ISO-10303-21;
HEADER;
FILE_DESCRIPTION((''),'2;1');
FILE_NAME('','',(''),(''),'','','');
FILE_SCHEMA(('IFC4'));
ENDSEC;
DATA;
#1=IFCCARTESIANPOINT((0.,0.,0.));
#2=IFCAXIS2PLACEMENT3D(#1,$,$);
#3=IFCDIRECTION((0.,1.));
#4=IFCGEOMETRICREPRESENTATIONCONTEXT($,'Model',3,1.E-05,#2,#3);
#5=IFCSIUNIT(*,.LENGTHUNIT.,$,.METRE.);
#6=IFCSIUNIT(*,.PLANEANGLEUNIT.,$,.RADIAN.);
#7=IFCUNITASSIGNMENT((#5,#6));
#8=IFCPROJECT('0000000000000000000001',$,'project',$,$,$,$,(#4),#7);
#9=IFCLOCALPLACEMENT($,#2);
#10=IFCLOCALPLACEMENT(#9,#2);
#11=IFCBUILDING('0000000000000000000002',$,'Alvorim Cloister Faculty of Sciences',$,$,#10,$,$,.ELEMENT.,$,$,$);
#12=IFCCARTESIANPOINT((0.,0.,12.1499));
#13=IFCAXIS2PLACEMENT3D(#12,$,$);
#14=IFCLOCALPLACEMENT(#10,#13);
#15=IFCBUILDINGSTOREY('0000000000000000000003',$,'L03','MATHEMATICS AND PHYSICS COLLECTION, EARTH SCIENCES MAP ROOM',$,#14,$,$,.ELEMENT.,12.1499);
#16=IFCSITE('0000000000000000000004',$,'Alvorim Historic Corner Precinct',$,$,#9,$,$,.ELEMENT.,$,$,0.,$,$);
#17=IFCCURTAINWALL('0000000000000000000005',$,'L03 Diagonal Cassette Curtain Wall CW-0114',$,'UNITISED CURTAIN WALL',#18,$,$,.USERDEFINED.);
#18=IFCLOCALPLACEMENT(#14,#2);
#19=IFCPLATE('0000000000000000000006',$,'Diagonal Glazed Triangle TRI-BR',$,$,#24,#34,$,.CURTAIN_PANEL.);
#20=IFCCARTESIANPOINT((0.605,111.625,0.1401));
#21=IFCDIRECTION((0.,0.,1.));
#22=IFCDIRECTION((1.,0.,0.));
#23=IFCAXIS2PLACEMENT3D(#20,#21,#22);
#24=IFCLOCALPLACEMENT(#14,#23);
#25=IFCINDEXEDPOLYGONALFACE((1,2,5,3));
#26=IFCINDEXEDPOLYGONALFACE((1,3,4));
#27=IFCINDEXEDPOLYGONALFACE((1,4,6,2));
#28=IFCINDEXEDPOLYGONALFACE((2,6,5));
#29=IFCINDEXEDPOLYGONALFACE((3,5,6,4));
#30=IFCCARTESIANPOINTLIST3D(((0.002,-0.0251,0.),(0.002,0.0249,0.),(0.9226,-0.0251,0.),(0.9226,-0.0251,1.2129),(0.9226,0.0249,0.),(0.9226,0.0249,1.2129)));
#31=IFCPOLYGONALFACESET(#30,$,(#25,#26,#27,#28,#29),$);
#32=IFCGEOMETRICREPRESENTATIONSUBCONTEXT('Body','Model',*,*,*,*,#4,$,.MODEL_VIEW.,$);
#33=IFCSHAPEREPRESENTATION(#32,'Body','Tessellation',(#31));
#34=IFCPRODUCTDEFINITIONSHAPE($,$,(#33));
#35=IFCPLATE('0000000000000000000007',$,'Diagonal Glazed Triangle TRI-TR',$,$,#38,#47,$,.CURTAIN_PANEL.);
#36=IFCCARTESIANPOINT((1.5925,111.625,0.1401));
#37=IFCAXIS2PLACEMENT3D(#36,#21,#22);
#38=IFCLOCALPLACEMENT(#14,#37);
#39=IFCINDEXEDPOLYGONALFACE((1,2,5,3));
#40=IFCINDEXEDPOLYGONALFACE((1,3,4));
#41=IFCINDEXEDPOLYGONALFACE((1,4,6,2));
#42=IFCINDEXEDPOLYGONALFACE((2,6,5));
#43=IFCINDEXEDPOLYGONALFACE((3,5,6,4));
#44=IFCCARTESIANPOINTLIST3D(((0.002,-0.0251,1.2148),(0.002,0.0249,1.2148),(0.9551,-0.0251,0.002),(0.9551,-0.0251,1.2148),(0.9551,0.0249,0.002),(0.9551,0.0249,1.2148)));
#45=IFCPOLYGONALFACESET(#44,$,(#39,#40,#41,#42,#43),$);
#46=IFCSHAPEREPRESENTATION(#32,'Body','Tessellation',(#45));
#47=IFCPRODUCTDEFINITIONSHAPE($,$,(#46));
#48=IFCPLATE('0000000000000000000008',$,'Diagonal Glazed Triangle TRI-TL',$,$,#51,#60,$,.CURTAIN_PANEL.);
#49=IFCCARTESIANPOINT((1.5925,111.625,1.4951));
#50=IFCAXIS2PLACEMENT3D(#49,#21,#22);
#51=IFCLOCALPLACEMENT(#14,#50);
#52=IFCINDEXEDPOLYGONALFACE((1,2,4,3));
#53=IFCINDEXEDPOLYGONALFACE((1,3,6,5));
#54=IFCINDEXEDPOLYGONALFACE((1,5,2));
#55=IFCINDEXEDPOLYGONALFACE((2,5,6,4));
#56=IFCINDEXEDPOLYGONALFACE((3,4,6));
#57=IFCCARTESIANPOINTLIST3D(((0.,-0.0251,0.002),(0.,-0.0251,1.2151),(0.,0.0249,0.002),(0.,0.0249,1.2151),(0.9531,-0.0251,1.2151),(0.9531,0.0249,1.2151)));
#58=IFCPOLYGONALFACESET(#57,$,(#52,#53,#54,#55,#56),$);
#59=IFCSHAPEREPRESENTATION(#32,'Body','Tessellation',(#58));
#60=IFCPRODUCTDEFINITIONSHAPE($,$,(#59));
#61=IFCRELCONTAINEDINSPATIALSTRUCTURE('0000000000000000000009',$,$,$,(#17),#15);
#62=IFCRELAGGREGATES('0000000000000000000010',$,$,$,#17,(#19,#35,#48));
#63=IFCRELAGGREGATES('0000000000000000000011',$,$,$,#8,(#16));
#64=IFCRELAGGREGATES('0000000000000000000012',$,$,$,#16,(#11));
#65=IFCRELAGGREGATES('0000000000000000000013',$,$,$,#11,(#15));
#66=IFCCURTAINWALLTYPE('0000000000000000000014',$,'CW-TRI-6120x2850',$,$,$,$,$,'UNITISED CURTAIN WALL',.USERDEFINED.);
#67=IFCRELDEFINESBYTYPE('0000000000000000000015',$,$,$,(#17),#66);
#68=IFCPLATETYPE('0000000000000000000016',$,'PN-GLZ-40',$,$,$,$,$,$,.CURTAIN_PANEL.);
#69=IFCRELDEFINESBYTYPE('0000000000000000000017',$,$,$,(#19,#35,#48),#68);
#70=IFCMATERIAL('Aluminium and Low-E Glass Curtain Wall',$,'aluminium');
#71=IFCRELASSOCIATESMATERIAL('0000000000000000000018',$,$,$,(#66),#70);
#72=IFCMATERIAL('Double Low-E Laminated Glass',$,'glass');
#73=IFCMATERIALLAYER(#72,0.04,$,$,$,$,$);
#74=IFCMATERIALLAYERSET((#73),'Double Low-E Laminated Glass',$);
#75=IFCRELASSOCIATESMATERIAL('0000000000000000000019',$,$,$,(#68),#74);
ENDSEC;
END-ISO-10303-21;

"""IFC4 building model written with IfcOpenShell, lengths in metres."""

from ifc_helpers import new_model, si_unit, direction, frame, origin, place, context, subcontext, project, spatial, polyline, outline, extrude, material, layer, layer_set, type_object, element, aggregate, save


model = new_model("IFC4")

# Units and contexts
model_context = context("Model", 3, precision=1e-05, world=origin(), true_north=direction((0.0, 1.0)))
body_context = subcontext(model_context, "Body", "Model", "MODEL_VIEW")
ifc_project = project(units=[si_unit("LENGTHUNIT", "METRE"), si_unit("PLANEANGLEUNIT", "RADIAN")], contexts=[model_context])

# Site, building, storey
site_placement = place(None, origin())
site = spatial("IfcSite", under=ifc_project, at=site_placement, Name="Alvorim Historic Corner Precinct", CompositionType="ELEMENT", RefElevation=0.0)
building_placement = place(site_placement, origin())
building = spatial("IfcBuilding", under=site, at=building_placement, Name="Alvorim Cloister Faculty of Sciences", CompositionType="ELEMENT")
storey_placement = place(building_placement, frame((0.0, 0.0, 12.1499)))
storey = spatial("IfcBuildingStorey", under=building, at=storey_placement, Name="L03", Description="MATHEMATICS AND PHYSICS COLLECTION, EARTH SCIENCES MAP ROOM", CompositionType="ELEMENT", Elevation=12.1499)

# Shared definitions
ifc_material_1 = material(Name="Aluminium and Low-E Glass Curtain Wall", Category="aluminium")

# Curtain wall
curtain_wall_type_1 = type_object("IfcCurtainWallType", Name="CW-TRI-6120x2850", ElementType="UNITISED CURTAIN WALL", PredefinedType="USERDEFINED", material=ifc_material_1)
curtain_wall_1_placement = place(storey_placement, origin())
curtain_wall_1 = element("IfcCurtainWall", 1, at=curtain_wall_1_placement, inside=storey, type_object=curtain_wall_type_1, Name="L03 Diagonal Cassette Curtain Wall CW-0114", ObjectType="UNITISED CURTAIN WALL", PredefinedType="USERDEFINED")

# Plates
ifc_material_2 = material(Name="Double Low-E Laminated Glass", Category="glass")
ifc_layer_1 = layer(ifc_material_2, 0.04)
ifc_layer_set_1 = layer_set([ifc_layer_1], Name="Double Low-E Laminated Glass")
plate_type = type_object("IfcPlateType", Name="PN-GLZ-40", PredefinedType="CURTAIN_PANEL", material=ifc_layer_set_1)
plate_1_placement = place(storey_placement, frame((0.605, 111.625, 0.1401), z_axis=(0.0, 0.0, 1.0), x_axis=(1.0, 0.0, 0.0)))
plate_1 = element("IfcPlate", 2, at=plate_1_placement, type_object=plate_type, Name="Diagonal Glazed Triangle TRI-BR", PredefinedType="CURTAIN_PANEL", context=body_context, shape_type="SweptSolid", body=[
    extrude(outline(polyline([(0.002, 0.0), (0.9226, 0.0), (0.9226, 1.2129), (0.002, 0.0)])), frame((0.0, 0.0249, 0.0), z_axis=(0.0, -1.0, 0.0), x_axis=(1.0, 0.0, 0.0)), (0.0, 0.0, 1.0), 0.05),
])
plate_2_placement = place(storey_placement, frame((1.5925, 111.625, 0.1401), z_axis=(0.0, 0.0, 1.0), x_axis=(1.0, 0.0, 0.0)))
plate_2 = element("IfcPlate", 3, at=plate_2_placement, type_object=plate_type, Name="Diagonal Glazed Triangle TRI-TR", PredefinedType="CURTAIN_PANEL", context=body_context, shape_type="SweptSolid", body=[
    extrude(outline(polyline([(0.9551, 0.002), (0.9551, 1.2148), (0.002, 1.2148), (0.9551, 0.002)])), frame((0.0, 0.0249, 0.0), z_axis=(0.0, -1.0, 0.0), x_axis=(1.0, 0.0, 0.0)), (0.0, 0.0, 1.0), 0.05),
])
plate_3_placement = place(storey_placement, frame((1.5925, 111.625, 1.4951), z_axis=(0.0, 0.0, 1.0), x_axis=(1.0, 0.0, 0.0)))
plate_3 = element("IfcPlate", 4, at=plate_3_placement, type_object=plate_type, Name="Diagonal Glazed Triangle TRI-TL", PredefinedType="CURTAIN_PANEL", context=body_context, shape_type="SweptSolid", body=[
    extrude(outline(polyline([(0.9531, 1.2151), (0.0, 1.2151), (0.0, 0.002), (0.9531, 1.2151)])), frame((0.0, 0.0249, 0.0), z_axis=(0.0, -1.0, 0.0), x_axis=(1.0, 0.0, 0.0)), (0.0, 0.0, 1.0), 0.05),
])
aggregate(curtain_wall_1, [plate_1, plate_2, plate_3])

save(model, "model.ifc")
